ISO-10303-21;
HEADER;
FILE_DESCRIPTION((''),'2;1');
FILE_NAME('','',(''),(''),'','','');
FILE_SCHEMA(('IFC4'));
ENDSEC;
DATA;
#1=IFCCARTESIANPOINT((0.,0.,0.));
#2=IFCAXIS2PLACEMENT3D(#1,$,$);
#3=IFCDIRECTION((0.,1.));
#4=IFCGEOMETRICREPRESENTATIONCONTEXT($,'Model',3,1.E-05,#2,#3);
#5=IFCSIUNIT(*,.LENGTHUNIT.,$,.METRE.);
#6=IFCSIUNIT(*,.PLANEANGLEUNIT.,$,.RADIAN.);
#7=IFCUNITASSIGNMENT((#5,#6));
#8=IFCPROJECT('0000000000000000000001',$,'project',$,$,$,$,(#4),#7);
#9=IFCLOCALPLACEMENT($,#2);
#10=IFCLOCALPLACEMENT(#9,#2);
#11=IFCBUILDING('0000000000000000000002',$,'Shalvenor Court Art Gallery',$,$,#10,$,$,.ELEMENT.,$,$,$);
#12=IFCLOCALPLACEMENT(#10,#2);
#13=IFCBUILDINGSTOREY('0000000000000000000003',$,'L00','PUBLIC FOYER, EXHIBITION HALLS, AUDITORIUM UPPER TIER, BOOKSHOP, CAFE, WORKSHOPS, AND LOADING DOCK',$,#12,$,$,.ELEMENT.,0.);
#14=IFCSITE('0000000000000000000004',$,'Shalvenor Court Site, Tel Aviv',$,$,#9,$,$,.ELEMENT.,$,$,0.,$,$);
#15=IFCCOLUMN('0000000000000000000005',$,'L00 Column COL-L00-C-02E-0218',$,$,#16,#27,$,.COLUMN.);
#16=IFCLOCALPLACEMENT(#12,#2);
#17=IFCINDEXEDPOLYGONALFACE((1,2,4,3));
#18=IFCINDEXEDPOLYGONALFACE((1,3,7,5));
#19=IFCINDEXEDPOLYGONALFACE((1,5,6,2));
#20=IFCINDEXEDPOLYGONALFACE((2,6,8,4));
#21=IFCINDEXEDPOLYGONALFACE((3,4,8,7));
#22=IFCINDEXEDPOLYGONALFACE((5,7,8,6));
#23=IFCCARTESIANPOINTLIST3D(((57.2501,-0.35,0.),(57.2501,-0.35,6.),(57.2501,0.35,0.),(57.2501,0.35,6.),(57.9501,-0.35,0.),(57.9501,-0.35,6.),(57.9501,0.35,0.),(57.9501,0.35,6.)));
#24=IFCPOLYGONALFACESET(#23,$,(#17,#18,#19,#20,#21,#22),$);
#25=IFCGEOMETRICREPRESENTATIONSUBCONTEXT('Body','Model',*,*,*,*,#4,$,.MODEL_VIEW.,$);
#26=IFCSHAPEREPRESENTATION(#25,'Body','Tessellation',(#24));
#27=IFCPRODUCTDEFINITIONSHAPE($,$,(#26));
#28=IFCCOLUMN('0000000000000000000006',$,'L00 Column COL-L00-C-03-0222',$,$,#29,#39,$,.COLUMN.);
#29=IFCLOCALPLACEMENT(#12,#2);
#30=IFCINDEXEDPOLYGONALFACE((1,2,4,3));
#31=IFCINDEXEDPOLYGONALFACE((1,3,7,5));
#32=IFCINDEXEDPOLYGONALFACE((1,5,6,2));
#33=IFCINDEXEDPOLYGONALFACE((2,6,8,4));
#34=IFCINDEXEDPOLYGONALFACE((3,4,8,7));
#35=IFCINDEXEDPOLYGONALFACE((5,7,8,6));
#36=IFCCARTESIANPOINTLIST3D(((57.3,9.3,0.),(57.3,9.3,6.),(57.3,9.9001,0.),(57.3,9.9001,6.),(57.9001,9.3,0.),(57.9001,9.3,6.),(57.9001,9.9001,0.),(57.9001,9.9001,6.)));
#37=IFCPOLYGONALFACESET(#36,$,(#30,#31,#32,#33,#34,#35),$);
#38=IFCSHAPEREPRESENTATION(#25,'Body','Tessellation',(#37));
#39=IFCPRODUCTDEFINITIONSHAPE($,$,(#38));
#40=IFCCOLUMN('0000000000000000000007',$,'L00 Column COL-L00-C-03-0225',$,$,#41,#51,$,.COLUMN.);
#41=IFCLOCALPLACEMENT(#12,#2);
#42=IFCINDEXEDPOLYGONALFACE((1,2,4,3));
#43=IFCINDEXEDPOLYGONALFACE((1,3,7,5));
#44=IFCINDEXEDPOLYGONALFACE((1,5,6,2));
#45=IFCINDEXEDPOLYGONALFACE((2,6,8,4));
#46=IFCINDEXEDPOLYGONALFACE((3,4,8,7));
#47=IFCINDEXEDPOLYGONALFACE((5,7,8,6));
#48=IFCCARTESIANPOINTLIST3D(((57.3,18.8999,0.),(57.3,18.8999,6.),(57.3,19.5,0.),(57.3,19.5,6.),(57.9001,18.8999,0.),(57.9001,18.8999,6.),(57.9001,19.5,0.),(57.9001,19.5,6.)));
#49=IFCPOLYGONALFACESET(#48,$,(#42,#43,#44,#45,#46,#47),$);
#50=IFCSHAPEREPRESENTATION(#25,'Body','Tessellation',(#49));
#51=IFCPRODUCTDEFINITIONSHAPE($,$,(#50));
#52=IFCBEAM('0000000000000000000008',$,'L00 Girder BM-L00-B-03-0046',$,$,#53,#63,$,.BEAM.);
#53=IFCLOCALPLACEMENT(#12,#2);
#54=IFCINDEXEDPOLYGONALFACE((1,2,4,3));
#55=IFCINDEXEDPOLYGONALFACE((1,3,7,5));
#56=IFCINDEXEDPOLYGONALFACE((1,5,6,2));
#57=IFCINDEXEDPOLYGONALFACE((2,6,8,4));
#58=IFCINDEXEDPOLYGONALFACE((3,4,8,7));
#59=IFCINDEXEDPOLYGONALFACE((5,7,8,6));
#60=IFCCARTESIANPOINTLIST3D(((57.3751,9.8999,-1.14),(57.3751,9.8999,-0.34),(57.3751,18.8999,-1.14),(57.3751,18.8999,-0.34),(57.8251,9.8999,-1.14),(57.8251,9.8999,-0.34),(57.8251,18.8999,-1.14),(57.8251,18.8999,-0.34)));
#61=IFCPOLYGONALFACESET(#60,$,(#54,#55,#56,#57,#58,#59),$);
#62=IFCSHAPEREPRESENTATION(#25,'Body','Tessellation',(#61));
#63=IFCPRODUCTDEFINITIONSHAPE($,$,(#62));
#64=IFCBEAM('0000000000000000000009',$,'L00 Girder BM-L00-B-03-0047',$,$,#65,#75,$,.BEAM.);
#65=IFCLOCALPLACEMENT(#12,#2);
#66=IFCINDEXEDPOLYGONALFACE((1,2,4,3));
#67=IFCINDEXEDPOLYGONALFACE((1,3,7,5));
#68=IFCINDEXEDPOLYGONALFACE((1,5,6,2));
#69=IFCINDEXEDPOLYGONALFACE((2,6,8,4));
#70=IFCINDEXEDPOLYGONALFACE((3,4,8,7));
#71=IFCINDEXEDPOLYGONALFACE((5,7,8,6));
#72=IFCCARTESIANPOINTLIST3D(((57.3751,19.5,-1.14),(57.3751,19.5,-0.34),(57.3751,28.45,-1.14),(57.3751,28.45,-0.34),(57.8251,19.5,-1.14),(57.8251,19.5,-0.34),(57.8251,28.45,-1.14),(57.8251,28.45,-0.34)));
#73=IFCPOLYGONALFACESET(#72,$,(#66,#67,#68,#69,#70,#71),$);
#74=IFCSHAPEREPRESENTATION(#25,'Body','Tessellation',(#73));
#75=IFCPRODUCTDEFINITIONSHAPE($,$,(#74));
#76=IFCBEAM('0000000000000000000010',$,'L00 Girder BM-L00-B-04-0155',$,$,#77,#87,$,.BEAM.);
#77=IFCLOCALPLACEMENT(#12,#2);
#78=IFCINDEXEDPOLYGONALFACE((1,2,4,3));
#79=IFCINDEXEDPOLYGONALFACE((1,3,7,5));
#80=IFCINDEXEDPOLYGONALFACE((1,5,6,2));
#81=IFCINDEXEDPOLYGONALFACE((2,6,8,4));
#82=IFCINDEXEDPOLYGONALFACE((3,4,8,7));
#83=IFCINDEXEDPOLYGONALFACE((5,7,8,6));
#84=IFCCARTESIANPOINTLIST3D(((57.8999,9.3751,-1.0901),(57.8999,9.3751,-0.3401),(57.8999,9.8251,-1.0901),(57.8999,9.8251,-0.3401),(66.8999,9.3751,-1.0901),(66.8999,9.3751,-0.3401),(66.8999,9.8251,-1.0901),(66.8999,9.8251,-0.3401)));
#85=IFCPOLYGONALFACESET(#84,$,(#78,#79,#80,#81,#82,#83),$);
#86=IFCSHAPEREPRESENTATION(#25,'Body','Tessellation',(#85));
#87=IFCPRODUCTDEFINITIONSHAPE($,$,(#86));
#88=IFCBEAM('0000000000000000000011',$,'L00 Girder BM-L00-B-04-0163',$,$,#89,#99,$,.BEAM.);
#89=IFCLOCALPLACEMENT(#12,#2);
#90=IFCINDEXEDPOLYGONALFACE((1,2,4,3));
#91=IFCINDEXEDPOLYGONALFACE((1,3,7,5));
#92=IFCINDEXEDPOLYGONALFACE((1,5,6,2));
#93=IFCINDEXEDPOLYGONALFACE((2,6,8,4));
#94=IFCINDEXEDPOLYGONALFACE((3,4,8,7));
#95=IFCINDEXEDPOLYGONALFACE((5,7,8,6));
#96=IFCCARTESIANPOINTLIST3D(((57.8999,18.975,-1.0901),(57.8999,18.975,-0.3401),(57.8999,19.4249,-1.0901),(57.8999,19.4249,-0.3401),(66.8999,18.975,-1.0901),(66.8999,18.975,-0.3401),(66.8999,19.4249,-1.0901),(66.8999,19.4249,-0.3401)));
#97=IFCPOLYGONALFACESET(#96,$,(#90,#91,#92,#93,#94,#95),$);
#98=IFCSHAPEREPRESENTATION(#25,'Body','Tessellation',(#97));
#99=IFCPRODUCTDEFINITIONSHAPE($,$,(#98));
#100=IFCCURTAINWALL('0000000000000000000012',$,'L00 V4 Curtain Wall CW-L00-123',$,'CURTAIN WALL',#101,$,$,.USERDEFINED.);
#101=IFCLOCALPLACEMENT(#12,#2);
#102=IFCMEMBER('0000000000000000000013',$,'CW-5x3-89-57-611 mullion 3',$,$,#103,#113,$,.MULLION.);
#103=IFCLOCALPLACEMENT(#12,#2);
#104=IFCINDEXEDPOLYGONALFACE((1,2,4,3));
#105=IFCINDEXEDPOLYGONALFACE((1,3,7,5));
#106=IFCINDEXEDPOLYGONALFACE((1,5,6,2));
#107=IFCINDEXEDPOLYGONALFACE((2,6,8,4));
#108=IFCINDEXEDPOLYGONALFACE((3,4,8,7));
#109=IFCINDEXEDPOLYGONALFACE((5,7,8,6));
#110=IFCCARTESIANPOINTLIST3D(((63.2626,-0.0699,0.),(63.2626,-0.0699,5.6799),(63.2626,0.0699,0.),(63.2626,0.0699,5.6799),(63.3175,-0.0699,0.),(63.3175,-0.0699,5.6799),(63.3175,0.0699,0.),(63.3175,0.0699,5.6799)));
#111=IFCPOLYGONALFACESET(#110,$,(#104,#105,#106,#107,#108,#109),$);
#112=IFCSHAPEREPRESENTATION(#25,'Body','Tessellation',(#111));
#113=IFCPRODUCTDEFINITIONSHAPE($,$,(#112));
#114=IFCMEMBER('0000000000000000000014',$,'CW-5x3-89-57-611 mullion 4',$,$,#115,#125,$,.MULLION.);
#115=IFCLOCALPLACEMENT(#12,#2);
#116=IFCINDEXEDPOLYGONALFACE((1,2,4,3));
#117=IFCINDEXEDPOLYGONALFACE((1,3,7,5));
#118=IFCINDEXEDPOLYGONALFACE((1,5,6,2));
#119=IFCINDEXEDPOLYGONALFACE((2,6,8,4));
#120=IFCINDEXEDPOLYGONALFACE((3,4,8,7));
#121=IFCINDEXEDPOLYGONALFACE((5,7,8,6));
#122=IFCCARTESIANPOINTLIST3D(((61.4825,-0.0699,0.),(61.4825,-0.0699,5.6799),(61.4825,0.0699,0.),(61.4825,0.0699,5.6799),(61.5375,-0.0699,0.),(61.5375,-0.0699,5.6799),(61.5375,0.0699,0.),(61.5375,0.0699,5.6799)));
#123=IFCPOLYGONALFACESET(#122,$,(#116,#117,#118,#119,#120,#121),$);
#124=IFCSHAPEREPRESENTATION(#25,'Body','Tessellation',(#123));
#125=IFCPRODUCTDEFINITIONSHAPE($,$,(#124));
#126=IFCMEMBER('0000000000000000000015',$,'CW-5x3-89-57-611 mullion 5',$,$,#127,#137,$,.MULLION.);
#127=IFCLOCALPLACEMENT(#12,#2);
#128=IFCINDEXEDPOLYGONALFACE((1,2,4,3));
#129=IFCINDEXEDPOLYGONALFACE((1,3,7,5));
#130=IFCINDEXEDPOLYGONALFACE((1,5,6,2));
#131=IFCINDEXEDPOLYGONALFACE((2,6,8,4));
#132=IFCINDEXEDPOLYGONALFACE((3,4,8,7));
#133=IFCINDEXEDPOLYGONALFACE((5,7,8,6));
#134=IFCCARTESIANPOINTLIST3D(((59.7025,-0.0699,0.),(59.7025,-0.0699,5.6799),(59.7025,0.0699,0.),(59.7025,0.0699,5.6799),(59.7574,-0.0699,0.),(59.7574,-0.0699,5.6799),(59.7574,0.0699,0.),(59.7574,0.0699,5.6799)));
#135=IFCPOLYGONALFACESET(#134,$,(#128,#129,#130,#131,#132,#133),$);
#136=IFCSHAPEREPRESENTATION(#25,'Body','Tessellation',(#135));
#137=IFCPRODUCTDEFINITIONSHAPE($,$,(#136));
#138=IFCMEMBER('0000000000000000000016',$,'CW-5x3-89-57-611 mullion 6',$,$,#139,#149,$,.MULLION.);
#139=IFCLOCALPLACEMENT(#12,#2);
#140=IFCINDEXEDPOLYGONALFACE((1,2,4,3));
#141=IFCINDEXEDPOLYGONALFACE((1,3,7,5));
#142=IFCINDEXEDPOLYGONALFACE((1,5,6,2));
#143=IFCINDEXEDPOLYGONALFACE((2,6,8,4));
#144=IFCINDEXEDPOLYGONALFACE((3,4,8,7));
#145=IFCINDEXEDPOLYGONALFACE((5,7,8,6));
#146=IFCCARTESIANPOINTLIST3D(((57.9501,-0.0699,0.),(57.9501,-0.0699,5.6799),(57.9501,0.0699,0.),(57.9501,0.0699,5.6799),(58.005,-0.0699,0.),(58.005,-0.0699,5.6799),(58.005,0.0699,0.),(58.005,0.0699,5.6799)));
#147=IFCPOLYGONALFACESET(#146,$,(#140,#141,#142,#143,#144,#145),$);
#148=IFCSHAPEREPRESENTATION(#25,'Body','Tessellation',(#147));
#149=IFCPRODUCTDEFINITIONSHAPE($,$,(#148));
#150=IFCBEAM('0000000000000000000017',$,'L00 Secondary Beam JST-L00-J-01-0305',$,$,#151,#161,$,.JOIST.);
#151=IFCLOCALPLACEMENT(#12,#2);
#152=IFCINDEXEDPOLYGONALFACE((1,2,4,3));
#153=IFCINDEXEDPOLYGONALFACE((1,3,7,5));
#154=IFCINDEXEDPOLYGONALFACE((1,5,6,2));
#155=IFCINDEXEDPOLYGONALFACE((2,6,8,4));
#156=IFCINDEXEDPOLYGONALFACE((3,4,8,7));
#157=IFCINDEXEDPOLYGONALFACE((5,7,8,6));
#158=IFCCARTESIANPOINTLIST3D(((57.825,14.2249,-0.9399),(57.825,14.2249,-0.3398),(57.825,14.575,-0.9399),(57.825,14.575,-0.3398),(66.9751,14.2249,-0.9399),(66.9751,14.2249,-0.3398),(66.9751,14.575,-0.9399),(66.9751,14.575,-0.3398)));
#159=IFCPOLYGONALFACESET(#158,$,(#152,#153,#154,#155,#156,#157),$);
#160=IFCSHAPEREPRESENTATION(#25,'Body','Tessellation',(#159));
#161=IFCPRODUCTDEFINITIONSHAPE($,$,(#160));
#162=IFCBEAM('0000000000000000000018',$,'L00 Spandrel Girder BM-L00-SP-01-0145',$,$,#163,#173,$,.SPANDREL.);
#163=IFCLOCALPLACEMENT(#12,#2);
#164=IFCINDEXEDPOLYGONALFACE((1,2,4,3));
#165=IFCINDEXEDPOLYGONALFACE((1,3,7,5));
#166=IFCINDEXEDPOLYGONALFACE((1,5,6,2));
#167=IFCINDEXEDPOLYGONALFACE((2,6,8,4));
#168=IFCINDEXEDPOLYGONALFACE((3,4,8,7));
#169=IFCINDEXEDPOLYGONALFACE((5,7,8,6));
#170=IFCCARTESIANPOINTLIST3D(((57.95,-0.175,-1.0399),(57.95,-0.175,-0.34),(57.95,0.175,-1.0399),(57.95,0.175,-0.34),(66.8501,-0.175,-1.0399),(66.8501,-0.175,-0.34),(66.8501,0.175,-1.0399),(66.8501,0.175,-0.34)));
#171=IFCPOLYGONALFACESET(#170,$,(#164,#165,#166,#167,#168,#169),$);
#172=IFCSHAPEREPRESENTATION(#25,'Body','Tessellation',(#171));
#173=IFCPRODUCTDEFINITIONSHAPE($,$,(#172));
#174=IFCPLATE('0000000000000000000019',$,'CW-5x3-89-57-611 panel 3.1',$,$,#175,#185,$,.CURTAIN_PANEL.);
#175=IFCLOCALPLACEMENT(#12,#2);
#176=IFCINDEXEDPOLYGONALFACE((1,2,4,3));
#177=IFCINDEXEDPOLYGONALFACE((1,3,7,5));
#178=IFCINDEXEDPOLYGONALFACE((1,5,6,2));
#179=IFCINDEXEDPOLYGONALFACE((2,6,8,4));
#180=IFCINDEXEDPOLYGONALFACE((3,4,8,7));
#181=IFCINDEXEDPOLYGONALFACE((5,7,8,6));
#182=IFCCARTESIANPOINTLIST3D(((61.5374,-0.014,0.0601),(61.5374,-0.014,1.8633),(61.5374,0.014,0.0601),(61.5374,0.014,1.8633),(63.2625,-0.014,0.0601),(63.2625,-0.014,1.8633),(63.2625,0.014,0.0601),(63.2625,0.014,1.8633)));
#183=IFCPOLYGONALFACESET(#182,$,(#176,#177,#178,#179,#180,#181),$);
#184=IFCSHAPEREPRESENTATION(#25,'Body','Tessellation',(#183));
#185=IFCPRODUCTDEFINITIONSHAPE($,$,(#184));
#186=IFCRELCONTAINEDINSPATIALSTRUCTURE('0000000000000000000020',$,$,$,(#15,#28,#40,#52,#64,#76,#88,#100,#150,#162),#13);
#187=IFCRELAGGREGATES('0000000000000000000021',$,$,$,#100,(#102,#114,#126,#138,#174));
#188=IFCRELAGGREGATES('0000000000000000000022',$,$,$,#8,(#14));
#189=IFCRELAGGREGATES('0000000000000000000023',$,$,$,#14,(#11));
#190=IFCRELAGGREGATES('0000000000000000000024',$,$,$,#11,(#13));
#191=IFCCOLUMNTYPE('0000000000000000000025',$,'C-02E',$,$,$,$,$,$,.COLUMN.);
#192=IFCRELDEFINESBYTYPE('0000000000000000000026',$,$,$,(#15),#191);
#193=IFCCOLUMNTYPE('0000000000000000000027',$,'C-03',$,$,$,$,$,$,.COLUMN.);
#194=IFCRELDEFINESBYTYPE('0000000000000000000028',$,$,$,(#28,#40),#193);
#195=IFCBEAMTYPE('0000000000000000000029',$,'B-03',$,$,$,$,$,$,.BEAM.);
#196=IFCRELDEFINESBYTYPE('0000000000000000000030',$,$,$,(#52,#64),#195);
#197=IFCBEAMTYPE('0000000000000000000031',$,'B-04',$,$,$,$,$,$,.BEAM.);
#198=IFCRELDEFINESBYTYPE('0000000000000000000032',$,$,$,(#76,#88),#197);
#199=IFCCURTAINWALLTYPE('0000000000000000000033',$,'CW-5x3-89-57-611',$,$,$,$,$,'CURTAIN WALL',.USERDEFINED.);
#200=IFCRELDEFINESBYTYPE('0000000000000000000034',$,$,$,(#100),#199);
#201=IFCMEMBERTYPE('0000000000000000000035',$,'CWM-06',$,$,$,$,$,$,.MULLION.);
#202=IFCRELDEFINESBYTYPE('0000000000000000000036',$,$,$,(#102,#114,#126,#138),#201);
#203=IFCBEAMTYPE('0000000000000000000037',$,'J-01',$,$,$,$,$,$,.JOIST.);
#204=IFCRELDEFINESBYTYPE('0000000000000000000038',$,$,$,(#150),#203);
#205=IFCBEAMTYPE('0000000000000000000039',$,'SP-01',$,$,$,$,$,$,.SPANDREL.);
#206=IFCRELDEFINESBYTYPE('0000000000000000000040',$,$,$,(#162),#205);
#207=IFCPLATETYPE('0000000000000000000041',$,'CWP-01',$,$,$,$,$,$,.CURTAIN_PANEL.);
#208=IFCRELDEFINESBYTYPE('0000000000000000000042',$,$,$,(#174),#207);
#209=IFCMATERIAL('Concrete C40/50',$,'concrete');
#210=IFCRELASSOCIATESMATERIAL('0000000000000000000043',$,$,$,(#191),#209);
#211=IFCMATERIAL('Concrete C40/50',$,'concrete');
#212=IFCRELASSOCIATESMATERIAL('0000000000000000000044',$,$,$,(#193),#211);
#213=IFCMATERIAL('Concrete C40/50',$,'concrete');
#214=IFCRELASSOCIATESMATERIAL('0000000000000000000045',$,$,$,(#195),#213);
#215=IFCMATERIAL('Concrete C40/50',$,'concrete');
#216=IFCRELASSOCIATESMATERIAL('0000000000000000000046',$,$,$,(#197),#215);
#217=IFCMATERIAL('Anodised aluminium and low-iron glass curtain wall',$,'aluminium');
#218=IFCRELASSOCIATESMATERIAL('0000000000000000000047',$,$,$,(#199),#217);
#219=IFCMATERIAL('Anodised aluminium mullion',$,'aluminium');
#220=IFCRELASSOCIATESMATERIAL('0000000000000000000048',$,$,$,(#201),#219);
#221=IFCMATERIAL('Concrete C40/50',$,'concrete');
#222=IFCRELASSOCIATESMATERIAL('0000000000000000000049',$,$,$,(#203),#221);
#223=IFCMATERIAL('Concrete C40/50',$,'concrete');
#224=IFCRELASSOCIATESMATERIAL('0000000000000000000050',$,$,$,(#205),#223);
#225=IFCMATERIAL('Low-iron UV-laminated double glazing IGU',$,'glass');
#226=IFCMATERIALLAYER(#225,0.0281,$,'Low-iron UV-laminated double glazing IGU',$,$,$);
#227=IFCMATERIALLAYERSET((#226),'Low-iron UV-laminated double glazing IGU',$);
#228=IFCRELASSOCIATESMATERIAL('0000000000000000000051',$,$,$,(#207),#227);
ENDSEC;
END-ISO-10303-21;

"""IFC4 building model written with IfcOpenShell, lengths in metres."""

from ifc_helpers import new_model, si_unit, direction, frame, origin, origin_2d, place, context, subcontext, project, spatial, rectangle, extrude, material, layer, layer_set, material_profile, profile_set, type_object, element, aggregate, save


model = new_model("IFC4")

# Units and contexts
model_context = context("Model", 3, precision=1e-05, world=origin(), true_north=direction((0.0, 1.0)))
body_context = subcontext(model_context, "Body", "Model", "MODEL_VIEW")
ifc_project = project(units=[si_unit("LENGTHUNIT", "METRE"), si_unit("PLANEANGLEUNIT", "RADIAN")], contexts=[model_context])

# Site, building, storey
site_placement = place(None, origin())
site = spatial("IfcSite", under=ifc_project, at=site_placement, Name="Shalvenor Court Site, Tel Aviv", CompositionType="ELEMENT", RefElevation=0.0)
building_placement = place(site_placement, origin())
building = spatial("IfcBuilding", under=site, at=building_placement, Name="Shalvenor Court Art Gallery", CompositionType="ELEMENT")
storey_placement = place(building_placement, origin())
storey = spatial("IfcBuildingStorey", under=building, at=storey_placement, Name="L00", Description="PUBLIC FOYER, EXHIBITION HALLS, AUDITORIUM UPPER TIER, BOOKSHOP, CAFE, WORKSHOPS, AND LOADING DOCK", CompositionType="ELEMENT", Elevation=0.0)

# Columns
ifc_material_1 = material(Name="Concrete C40/50", Category="concrete")
ifc_material_profile_1 = material_profile(ifc_material_1, rectangle(XDim=0.7, YDim=0.7, at=origin_2d()), Name="RC 700x700")
ifc_profile_set_1 = profile_set([ifc_material_profile_1], Name="Concrete C40/50")
column_type_1 = type_object("IfcColumnType", Name="C-02E", PredefinedType="COLUMN", material=ifc_profile_set_1)
column_placement = place(storey_placement, frame((57.6001, 0.0, 0.0), z_axis=(0.0, 0.0, 1.0), x_axis=(1.0, 0.0, 0.0)))
element("IfcColumn", 1, at=column_placement, inside=storey, type_object=column_type_1, Name="L00 Column COL-L00-C-02E-0218", PredefinedType="COLUMN", context=body_context, shape_type="SweptSolid", body=[
    extrude(rectangle(XDim=0.7, YDim=0.7, at=origin_2d()), origin(), (0.0, 0.0, 1.0), 6.0),
])
ifc_material_2 = material(Name="Concrete C40/50", Category="concrete")
ifc_material_profile_2 = material_profile(ifc_material_2, rectangle(XDim=0.6001, YDim=0.6001, at=origin_2d()), Name="RC 600x600")
ifc_profile_set_2 = profile_set([ifc_material_profile_2], Name="Concrete C40/50")
column_type_2 = type_object("IfcColumnType", Name="C-03", PredefinedType="COLUMN", material=ifc_profile_set_2)
for number, where, z_axis, x_axis, name in (
    (2, (57.6001, 9.6001, 0.0), (0.0, 0.0, 1.0), (1.0, 0.0, 0.0), "L00 Column COL-L00-C-03-0222"),
    (3, (57.6001, 19.2, 0.0), (0.0, 0.0, 1.0), (1.0, 0.0, 0.0), "L00 Column COL-L00-C-03-0225"),
):
    element("IfcColumn", number, at=place(storey_placement, frame(where, z_axis=z_axis, x_axis=x_axis)), inside=storey, type_object=column_type_2, Name=name, PredefinedType="COLUMN", context=body_context, shape_type="SweptSolid", body=[
        extrude(rectangle(XDim=0.6001, YDim=0.6001, at=origin_2d()), origin(), (0.0, 0.0, 1.0), 6.0),
    ])

# Beams
ifc_material_3 = material(Name="Concrete C40/50", Category="concrete")
ifc_material_profile_3 = material_profile(ifc_material_3, rectangle(XDim=0.45, YDim=0.8, at=origin_2d()), Name="RC 450x800")
ifc_profile_set_3 = profile_set([ifc_material_profile_3], Name="Concrete C40/50")
beam_type_1 = type_object("IfcBeamType", Name="B-03", PredefinedType="BEAM", material=ifc_profile_set_3)
beam_1_placement = place(storey_placement, frame((57.6001, 9.8999, -0.74), z_axis=(0.0, 1.0, 0.0), x_axis=(-1.0, 0.0, 0.0)))
element("IfcBeam", 4, at=beam_1_placement, inside=storey, type_object=beam_type_1, Name="L00 Girder BM-L00-B-03-0046", PredefinedType="BEAM", context=body_context, shape_type="SweptSolid", body=[
    extrude(rectangle(XDim=0.45, YDim=0.8, at=origin_2d()), origin(), (0.0, 0.0, 1.0), 9.0),
])
beam_2_placement = place(storey_placement, frame((57.6001, 19.5, -0.74), z_axis=(0.0, 1.0, 0.0), x_axis=(-1.0, 0.0, 0.0)))
element("IfcBeam", 5, at=beam_2_placement, inside=storey, type_object=beam_type_1, Name="L00 Girder BM-L00-B-03-0047", PredefinedType="BEAM", context=body_context, shape_type="SweptSolid", body=[
    extrude(rectangle(XDim=0.45, YDim=0.8, at=origin_2d()), origin(), (0.0, 0.0, 1.0), 8.95),
])
ifc_material_4 = material(Name="Concrete C40/50", Category="concrete")
ifc_material_profile_4 = material_profile(ifc_material_4, rectangle(XDim=0.45, YDim=0.75, at=origin_2d()), Name="RC 450x750")
ifc_profile_set_4 = profile_set([ifc_material_profile_4], Name="Concrete C40/50")
beam_type_2 = type_object("IfcBeamType", Name="B-04", PredefinedType="BEAM", material=ifc_profile_set_4)
for number, where, z_axis, x_axis, name in (
    (6, (57.8999, 9.6001, -0.7151), (1.0, 0.0, 0.0), (0.0, 1.0, 0.0), "L00 Girder BM-L00-B-04-0155"),
    (7, (57.8999, 19.2, -0.7151), (1.0, 0.0, 0.0), (0.0, 1.0, 0.0), "L00 Girder BM-L00-B-04-0163"),
):
    element("IfcBeam", number, at=place(storey_placement, frame(where, z_axis=z_axis, x_axis=x_axis)), inside=storey, type_object=beam_type_2, Name=name, PredefinedType="BEAM", context=body_context, shape_type="SweptSolid", body=[
        extrude(rectangle(XDim=0.45, YDim=0.75, at=origin_2d()), origin(), (0.0, 0.0, 1.0), 9.0),
    ])

# Curtain wall, members
ifc_material_5 = material(Name="Anodised aluminium and low-iron glass curtain wall", Category="aluminium")
curtain_wall_type = type_object("IfcCurtainWallType", Name="CW-5x3-89-57-611", ElementType="CURTAIN WALL", PredefinedType="USERDEFINED", material=ifc_material_5)
curtain_wall_placement = place(storey_placement, origin())
curtain_wall = element("IfcCurtainWall", 8, at=curtain_wall_placement, inside=storey, type_object=curtain_wall_type, Name="L00 V4 Curtain Wall CW-L00-123", ObjectType="CURTAIN WALL", PredefinedType="USERDEFINED")
ifc_material_6 = material(Name="Anodised aluminium mullion", Category="aluminium")
ifc_material_profile_5 = material_profile(ifc_material_6, rectangle(XDim=0.0549, YDim=0.1399, at=origin_2d()), Name="CWM-06")
ifc_profile_set_5 = profile_set([ifc_material_profile_5], Name="Anodised aluminium mullion")
member_type = type_object("IfcMemberType", Name="CWM-06", PredefinedType="MULLION", material=ifc_profile_set_5)
member_1_placement = place(storey_placement, frame((63.29, 0.0, 0.0), z_axis=(0.0, 0.0, 1.0), x_axis=(-1.0, 0.0, 0.0)))
member_1 = element("IfcMember", 9, at=member_1_placement, type_object=member_type, Name="CW-5x3-89-57-611 mullion 3", PredefinedType="MULLION", context=body_context, shape_type="SweptSolid", body=[
    extrude(rectangle(XDim=0.0549, YDim=0.1399, at=origin_2d()), origin(), (0.0, 0.0, 1.0), 5.6799),
])
member_2_placement = place(storey_placement, frame((61.51, 0.0, 0.0), z_axis=(0.0, 0.0, 1.0), x_axis=(-1.0, 0.0, 0.0)))
member_2 = element("IfcMember", 10, at=member_2_placement, type_object=member_type, Name="CW-5x3-89-57-611 mullion 4", PredefinedType="MULLION", context=body_context, shape_type="SweptSolid", body=[
    extrude(rectangle(XDim=0.0549, YDim=0.1399, at=origin_2d()), origin(), (0.0, 0.0, 1.0), 5.6799),
])
member_3_placement = place(storey_placement, frame((59.73, 0.0, 0.0), z_axis=(0.0, 0.0, 1.0), x_axis=(-1.0, 0.0, 0.0)))
member_3 = element("IfcMember", 11, at=member_3_placement, type_object=member_type, Name="CW-5x3-89-57-611 mullion 5", PredefinedType="MULLION", context=body_context, shape_type="SweptSolid", body=[
    extrude(rectangle(XDim=0.0549, YDim=0.1399, at=origin_2d()), origin(), (0.0, 0.0, 1.0), 5.6799),
])
member_4_placement = place(storey_placement, frame((57.9775, 0.0, 0.0), z_axis=(0.0, 0.0, 1.0), x_axis=(-1.0, 0.0, 0.0)))
member_4 = element("IfcMember", 12, at=member_4_placement, type_object=member_type, Name="CW-5x3-89-57-611 mullion 6", PredefinedType="MULLION", context=body_context, shape_type="SweptSolid", body=[
    extrude(rectangle(XDim=0.0549, YDim=0.1399, at=origin_2d()), origin(), (0.0, 0.0, 1.0), 5.6799),
])

# Beams
ifc_material_7 = material(Name="Concrete C40/50", Category="concrete")
ifc_material_profile_6 = material_profile(ifc_material_7, rectangle(XDim=0.3501, YDim=0.6001, at=origin_2d()), Name="RC 350x600")
ifc_profile_set_6 = profile_set([ifc_material_profile_6], Name="Concrete C40/50")
beam_type_3 = type_object("IfcBeamType", Name="J-01", PredefinedType="JOIST", material=ifc_profile_set_6)
beam_3_placement = place(storey_placement, frame((57.825, 14.3999, -0.6399), z_axis=(1.0, 0.0, 0.0), x_axis=(0.0, 1.0, 0.0)))
element("IfcBeam", 13, at=beam_3_placement, inside=storey, type_object=beam_type_3, Name="L00 Secondary Beam JST-L00-J-01-0305", PredefinedType="JOIST", context=body_context, shape_type="SweptSolid", body=[
    extrude(rectangle(XDim=0.3501, YDim=0.6001, at=origin_2d()), origin(), (0.0, 0.0, 1.0), 9.1501),
])
ifc_material_8 = material(Name="Concrete C40/50", Category="concrete")
ifc_material_profile_7 = material_profile(ifc_material_8, rectangle(XDim=0.3501, YDim=0.7, at=origin_2d()), Name="RC 350x700")
ifc_profile_set_7 = profile_set([ifc_material_profile_7], Name="Concrete C40/50")
beam_type_4 = type_object("IfcBeamType", Name="SP-01", PredefinedType="SPANDREL", material=ifc_profile_set_7)
beam_4_placement = place(storey_placement, frame((57.95, 0.0, -0.6899), z_axis=(1.0, 0.0, 0.0), x_axis=(0.0, 1.0, 0.0)))
element("IfcBeam", 14, at=beam_4_placement, inside=storey, type_object=beam_type_4, Name="L00 Spandrel Girder BM-L00-SP-01-0145", PredefinedType="SPANDREL", context=body_context, shape_type="SweptSolid", body=[
    extrude(rectangle(XDim=0.3501, YDim=0.7, at=origin_2d()), origin(), (0.0, 0.0, 1.0), 8.9001),
])

# Plate
ifc_material_9 = material(Name="Low-iron UV-laminated double glazing IGU", Category="glass")
ifc_layer_1 = layer(ifc_material_9, 0.0281, Name="Low-iron UV-laminated double glazing IGU")
ifc_layer_set_1 = layer_set([ifc_layer_1], Name="Low-iron UV-laminated double glazing IGU")
plate_type_1 = type_object("IfcPlateType", Name="CWP-01", PredefinedType="CURTAIN_PANEL", material=ifc_layer_set_1)
plate_1_placement = place(storey_placement, frame((62.3999, 0.0, 0.0601), z_axis=(0.0, 0.0, 1.0), x_axis=(-1.0, 0.0, 0.0)))
plate_1 = element("IfcPlate", 15, at=plate_1_placement, type_object=plate_type_1, Name="CW-5x3-89-57-611 panel 3.1", PredefinedType="CURTAIN_PANEL", context=body_context, shape_type="SweptSolid", body=[
    extrude(rectangle(XDim=1.7251, YDim=0.0281, at=origin_2d()), origin(), (0.0, 0.0, 1.0), 1.8032),
])
aggregate(curtain_wall, [member_1, member_2, member_3, member_4, plate_1])

save(model, "model.ifc")
